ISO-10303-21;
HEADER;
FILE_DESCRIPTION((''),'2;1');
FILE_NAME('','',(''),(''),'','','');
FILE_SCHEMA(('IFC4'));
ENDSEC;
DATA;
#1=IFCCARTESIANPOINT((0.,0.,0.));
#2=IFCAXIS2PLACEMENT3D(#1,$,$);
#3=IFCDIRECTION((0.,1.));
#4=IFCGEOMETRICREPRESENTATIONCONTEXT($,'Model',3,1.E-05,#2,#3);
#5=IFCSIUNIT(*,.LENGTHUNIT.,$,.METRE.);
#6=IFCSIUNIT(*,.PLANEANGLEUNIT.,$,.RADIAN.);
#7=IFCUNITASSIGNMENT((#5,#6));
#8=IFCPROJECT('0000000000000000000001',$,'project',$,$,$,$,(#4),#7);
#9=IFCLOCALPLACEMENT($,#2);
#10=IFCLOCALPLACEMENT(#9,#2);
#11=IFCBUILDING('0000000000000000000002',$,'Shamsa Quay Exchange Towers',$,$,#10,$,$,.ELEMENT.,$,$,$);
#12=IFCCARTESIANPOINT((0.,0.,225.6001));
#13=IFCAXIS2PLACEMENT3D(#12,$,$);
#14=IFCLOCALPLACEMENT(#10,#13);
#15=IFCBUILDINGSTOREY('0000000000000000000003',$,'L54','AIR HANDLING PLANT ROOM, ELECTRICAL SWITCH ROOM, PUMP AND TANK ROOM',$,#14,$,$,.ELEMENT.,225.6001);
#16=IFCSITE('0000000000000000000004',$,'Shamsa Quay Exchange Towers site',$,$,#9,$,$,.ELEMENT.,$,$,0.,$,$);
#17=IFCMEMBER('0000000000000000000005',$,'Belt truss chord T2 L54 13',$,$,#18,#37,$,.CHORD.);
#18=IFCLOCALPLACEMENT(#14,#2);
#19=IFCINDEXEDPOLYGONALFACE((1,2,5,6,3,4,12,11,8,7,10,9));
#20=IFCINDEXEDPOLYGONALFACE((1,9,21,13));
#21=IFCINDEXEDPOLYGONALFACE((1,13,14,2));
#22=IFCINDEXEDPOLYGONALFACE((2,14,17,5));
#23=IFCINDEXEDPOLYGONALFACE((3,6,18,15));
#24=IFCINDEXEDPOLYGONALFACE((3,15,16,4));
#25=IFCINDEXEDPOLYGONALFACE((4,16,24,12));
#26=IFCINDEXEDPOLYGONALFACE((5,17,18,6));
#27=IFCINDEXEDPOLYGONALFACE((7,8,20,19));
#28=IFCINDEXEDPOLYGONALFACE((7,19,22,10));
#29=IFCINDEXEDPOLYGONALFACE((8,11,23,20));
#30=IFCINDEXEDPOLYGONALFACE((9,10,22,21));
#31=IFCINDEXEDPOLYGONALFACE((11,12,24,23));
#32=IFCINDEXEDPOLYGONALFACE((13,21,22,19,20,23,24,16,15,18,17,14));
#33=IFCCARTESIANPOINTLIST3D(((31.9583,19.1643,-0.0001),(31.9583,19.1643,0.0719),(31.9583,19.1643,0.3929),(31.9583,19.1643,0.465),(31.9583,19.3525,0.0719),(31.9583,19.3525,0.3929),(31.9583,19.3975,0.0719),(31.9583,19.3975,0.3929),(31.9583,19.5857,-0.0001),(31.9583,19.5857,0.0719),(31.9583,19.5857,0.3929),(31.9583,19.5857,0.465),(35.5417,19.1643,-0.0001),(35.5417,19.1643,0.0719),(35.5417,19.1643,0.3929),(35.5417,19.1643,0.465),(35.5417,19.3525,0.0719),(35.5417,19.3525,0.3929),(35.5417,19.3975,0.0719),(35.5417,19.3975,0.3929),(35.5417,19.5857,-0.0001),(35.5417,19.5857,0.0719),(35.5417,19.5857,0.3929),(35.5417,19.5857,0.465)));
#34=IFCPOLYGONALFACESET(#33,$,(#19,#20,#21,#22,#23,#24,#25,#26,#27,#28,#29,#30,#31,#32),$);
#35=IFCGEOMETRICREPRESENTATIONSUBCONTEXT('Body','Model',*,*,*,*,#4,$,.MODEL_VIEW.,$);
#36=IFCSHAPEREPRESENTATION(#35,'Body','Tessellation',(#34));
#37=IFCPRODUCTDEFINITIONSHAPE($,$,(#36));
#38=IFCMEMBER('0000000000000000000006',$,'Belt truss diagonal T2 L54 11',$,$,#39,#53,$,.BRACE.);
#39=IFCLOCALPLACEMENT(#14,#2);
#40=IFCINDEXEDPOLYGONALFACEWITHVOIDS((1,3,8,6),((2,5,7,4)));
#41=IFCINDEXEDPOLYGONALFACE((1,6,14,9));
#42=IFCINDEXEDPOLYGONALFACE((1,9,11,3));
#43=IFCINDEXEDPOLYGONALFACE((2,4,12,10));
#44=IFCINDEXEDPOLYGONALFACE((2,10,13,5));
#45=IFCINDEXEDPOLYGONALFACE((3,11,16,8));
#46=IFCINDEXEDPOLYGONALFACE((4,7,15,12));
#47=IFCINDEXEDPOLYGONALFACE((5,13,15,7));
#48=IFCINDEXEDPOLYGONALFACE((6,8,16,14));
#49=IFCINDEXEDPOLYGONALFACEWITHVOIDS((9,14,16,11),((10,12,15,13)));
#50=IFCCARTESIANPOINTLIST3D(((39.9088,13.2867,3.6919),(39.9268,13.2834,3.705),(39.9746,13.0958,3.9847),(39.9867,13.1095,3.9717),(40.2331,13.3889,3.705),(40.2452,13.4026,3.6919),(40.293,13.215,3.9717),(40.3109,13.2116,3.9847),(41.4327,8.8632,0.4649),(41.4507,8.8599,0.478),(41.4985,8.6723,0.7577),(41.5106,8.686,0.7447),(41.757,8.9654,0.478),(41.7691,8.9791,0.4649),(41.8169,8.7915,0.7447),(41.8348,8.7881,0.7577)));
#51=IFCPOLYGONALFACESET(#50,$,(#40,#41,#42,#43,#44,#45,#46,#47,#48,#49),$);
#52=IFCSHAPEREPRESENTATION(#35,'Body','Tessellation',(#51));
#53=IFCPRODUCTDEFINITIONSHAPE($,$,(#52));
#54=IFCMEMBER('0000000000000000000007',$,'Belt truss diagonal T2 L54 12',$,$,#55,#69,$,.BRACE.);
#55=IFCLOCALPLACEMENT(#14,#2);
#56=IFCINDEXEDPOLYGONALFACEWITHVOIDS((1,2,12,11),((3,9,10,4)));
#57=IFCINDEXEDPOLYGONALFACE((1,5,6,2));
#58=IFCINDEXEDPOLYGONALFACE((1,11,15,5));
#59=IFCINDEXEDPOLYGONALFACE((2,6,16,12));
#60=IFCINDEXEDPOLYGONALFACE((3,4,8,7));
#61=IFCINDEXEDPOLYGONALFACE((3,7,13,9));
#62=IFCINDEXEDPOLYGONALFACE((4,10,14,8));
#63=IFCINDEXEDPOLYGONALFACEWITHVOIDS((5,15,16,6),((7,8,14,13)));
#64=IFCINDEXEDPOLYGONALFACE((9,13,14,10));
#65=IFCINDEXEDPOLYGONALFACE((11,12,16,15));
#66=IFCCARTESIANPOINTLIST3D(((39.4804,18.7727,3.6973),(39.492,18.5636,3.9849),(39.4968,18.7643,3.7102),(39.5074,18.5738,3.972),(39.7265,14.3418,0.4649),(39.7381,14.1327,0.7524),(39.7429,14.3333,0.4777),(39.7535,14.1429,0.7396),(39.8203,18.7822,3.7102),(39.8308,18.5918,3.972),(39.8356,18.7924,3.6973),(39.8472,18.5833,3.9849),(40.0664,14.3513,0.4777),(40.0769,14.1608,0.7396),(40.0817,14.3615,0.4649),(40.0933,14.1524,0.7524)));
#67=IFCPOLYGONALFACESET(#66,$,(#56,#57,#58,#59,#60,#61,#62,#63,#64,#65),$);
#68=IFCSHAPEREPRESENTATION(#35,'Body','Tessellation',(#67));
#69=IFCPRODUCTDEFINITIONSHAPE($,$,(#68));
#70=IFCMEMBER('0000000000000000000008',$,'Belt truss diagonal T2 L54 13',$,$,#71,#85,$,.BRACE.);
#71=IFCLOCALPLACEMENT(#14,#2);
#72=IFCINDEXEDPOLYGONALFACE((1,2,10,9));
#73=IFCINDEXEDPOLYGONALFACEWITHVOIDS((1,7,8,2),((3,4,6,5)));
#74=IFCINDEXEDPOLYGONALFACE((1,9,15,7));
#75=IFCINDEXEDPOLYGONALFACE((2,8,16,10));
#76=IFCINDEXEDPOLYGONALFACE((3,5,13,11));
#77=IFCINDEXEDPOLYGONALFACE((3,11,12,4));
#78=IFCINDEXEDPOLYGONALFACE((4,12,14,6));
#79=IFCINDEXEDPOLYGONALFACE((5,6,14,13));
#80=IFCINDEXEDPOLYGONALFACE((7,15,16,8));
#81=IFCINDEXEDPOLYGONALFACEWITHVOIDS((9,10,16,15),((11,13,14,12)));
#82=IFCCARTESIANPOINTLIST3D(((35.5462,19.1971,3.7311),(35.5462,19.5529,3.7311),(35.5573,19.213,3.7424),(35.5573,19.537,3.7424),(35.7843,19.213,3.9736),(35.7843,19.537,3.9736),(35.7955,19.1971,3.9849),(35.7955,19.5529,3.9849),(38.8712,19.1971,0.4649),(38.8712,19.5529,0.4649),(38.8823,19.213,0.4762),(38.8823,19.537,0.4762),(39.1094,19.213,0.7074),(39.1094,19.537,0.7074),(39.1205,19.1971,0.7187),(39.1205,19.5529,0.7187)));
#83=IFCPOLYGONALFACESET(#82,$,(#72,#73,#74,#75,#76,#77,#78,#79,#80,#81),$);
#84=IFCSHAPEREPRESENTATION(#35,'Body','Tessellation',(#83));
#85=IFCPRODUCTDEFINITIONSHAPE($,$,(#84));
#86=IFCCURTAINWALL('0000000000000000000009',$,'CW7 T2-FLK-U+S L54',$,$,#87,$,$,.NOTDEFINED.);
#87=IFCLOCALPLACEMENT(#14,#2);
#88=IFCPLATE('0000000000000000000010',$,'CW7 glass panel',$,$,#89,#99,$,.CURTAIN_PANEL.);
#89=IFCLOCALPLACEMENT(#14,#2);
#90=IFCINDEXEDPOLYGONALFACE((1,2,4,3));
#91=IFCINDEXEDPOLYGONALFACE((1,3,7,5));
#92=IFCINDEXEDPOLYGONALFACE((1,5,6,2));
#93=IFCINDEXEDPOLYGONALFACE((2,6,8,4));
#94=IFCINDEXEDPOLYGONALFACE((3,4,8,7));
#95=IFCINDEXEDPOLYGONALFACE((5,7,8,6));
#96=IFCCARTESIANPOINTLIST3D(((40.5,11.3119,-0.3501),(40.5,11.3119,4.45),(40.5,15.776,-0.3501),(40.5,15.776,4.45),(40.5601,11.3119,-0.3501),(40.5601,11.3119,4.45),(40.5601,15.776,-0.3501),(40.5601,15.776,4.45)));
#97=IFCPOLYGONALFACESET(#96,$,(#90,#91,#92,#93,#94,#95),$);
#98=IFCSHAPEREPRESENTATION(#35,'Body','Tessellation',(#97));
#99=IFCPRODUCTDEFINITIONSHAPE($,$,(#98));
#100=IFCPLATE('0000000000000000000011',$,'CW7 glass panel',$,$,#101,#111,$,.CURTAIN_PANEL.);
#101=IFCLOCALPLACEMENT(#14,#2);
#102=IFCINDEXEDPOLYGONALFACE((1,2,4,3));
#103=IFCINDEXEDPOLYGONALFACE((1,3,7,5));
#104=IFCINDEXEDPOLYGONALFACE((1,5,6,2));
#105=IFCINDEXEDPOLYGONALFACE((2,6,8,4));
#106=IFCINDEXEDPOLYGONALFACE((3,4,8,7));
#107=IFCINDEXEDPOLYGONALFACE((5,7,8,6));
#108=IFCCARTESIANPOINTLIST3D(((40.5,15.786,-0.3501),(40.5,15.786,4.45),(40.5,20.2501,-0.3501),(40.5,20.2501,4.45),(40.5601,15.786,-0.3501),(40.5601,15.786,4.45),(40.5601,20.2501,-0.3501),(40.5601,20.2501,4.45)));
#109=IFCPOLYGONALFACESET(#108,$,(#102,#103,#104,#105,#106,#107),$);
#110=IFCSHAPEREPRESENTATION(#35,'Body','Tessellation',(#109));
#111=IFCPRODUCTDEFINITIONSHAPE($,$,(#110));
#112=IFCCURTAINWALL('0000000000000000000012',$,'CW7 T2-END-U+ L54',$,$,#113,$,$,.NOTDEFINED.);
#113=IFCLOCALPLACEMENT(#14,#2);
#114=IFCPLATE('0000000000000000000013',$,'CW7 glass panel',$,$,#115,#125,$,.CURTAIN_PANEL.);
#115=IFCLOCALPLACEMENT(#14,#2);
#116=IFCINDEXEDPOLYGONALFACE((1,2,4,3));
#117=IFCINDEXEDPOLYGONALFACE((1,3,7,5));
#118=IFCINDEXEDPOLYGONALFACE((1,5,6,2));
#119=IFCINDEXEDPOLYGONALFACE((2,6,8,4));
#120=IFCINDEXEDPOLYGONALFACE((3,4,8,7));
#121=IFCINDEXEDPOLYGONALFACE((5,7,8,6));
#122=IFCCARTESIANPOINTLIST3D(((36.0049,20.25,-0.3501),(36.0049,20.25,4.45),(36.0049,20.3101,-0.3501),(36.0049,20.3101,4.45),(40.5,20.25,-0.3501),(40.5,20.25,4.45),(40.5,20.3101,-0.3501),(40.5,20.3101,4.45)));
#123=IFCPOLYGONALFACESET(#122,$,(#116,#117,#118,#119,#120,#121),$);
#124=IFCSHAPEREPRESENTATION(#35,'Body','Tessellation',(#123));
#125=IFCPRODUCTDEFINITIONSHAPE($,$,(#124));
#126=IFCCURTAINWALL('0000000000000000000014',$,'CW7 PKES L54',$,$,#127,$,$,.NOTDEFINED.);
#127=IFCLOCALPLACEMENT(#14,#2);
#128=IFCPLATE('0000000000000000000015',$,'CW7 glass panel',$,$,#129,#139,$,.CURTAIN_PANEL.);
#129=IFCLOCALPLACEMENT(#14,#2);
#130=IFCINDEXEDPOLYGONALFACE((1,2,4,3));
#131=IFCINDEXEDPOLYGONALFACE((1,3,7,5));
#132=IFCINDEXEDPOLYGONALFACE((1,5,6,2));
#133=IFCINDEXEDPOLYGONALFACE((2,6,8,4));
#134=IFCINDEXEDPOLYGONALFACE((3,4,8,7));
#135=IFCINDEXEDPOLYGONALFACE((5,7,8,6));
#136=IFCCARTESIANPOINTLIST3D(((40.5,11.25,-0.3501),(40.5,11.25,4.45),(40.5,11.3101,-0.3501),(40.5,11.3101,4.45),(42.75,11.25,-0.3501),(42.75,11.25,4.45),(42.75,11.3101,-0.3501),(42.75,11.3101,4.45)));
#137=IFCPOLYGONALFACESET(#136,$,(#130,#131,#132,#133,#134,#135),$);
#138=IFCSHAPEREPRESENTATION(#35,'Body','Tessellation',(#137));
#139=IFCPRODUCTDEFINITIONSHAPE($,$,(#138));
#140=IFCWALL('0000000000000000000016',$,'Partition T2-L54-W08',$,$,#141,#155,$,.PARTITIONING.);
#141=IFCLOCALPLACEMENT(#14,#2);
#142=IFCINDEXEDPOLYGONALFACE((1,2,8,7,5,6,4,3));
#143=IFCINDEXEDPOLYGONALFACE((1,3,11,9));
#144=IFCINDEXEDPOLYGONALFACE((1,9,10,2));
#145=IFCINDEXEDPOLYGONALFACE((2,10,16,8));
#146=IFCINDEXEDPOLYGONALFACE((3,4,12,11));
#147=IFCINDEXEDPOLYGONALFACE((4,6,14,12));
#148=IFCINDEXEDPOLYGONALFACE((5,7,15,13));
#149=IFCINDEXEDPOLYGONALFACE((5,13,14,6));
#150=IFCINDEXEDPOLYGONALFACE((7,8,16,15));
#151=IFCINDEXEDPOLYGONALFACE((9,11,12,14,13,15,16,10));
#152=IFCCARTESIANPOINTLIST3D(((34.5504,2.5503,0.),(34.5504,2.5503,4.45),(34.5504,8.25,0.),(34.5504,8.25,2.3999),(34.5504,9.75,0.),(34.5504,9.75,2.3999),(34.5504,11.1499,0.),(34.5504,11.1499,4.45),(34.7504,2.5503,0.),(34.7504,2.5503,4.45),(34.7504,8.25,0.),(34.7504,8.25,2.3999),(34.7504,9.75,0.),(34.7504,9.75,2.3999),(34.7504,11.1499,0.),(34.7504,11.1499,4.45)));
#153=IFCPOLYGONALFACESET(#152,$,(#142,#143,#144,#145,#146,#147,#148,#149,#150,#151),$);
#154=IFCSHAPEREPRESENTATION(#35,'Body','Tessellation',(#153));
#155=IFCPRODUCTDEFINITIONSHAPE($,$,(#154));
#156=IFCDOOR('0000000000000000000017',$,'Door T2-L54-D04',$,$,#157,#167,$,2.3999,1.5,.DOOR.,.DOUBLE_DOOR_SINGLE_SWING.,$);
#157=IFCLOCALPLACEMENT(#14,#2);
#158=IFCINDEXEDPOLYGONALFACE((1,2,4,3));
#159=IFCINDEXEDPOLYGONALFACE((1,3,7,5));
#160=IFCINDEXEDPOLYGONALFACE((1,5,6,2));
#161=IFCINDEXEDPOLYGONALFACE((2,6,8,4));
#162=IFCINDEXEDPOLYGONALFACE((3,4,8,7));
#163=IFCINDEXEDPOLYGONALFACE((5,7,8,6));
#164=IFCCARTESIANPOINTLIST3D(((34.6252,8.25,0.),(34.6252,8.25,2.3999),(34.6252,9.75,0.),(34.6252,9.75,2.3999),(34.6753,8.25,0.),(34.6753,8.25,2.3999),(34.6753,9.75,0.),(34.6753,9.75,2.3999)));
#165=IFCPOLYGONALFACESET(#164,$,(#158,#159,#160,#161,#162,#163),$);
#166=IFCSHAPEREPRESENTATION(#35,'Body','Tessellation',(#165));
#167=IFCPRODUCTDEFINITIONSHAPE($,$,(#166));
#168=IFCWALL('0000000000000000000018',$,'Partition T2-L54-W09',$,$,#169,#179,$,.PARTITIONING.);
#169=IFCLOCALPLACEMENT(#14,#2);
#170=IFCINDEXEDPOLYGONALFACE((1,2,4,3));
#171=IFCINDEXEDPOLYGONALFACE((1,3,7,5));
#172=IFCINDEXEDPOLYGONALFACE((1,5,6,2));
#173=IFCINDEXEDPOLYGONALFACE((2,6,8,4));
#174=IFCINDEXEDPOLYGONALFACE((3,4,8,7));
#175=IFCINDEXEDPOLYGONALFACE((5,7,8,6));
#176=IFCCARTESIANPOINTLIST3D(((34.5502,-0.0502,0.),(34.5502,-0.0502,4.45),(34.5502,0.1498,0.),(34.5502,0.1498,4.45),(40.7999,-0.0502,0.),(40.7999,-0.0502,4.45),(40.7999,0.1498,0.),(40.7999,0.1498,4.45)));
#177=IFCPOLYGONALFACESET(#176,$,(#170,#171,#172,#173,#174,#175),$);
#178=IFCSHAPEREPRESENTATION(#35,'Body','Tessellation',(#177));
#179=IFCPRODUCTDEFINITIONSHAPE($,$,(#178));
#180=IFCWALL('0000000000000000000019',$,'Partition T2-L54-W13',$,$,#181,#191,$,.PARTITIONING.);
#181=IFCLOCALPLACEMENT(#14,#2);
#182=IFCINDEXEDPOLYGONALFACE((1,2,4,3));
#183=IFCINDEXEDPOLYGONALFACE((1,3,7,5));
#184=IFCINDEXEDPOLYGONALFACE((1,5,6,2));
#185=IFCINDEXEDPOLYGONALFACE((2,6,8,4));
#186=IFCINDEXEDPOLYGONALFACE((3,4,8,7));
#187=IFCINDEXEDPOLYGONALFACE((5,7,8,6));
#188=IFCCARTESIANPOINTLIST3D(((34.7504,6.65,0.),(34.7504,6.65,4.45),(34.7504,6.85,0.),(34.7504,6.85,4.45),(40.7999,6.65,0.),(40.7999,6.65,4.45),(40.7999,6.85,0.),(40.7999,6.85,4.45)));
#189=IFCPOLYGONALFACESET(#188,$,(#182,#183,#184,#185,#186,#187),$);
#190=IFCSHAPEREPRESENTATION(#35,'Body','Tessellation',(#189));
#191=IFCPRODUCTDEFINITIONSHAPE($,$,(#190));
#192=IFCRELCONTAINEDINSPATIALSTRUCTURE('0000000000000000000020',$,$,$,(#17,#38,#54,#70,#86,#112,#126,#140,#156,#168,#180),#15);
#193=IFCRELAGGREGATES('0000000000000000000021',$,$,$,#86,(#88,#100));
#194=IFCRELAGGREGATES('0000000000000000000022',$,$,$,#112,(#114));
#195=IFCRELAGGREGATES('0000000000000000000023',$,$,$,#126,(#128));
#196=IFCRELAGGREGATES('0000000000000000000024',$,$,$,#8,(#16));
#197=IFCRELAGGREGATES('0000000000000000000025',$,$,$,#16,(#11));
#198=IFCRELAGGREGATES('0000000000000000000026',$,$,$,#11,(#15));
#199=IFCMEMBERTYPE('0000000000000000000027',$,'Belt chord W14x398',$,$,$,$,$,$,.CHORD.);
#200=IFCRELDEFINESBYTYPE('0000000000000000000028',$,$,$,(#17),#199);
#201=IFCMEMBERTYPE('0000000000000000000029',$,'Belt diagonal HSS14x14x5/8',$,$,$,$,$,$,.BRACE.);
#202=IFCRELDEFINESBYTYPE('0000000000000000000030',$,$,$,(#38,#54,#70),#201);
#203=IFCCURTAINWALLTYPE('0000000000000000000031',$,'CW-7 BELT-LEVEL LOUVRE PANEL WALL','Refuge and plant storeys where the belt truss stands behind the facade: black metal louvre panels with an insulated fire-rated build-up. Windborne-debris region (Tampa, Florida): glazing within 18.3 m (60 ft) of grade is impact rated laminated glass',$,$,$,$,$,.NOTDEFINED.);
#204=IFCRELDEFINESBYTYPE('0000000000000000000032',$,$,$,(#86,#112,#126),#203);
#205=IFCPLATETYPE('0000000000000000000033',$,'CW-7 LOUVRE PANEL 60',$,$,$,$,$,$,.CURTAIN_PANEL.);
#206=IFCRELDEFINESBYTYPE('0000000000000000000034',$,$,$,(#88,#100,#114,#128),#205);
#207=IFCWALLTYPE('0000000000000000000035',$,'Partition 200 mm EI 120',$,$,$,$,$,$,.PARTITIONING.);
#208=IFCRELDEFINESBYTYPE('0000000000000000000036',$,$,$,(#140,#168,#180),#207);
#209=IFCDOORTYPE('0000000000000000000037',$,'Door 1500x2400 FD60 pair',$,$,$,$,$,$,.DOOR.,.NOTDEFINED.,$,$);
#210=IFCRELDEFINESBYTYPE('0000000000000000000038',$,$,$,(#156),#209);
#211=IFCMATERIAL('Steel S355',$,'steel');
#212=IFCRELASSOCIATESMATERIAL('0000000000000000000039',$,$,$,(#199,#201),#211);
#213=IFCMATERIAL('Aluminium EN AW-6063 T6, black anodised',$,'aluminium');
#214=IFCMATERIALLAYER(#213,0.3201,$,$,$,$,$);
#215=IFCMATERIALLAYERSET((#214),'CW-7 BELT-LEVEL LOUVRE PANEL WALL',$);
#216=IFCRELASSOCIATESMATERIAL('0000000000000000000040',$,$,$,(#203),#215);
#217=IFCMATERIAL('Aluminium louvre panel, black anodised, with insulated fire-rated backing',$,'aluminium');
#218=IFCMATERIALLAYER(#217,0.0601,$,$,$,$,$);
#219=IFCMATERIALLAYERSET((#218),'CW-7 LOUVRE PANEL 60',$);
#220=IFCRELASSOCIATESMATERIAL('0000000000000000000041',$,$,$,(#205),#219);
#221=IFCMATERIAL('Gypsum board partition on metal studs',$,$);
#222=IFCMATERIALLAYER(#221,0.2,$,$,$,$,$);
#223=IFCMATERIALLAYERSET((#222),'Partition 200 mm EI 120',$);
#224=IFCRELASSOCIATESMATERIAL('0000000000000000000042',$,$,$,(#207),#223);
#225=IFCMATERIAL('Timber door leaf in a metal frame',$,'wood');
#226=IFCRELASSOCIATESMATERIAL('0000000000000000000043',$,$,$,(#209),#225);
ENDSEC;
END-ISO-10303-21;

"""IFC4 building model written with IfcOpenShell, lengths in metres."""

from ifc_helpers import new_model, si_unit, direction, frame, frame_2d, origin, origin_2d, place, context, subcontext, project, spatial, rectangle, hollow_rectangle, i_section, extrude, material, layer, layer_set, material_profile, profile_set, type_object, element, fill, aggregate, save


model = new_model("IFC4")

# Units and contexts
model_context = context("Model", 3, precision=1e-05, world=origin(), true_north=direction((0.0, 1.0)))
body_context = subcontext(model_context, "Body", "Model", "MODEL_VIEW")
ifc_project = project(units=[si_unit("LENGTHUNIT", "METRE"), si_unit("PLANEANGLEUNIT", "RADIAN")], contexts=[model_context])

# Site, building, storey
site_placement = place(None, origin())
site = spatial("IfcSite", under=ifc_project, at=site_placement, Name="Shamsa Quay Exchange Towers site", CompositionType="ELEMENT", RefElevation=0.0)
building_placement = place(site_placement, origin())
building = spatial("IfcBuilding", under=site, at=building_placement, Name="Shamsa Quay Exchange Towers", CompositionType="ELEMENT")
storey_placement = place(building_placement, frame((0.0, 0.0, 225.6001)))
storey = spatial("IfcBuildingStorey", under=building, at=storey_placement, Name="L54", Description="AIR HANDLING PLANT ROOM, ELECTRICAL SWITCH ROOM, PUMP AND TANK ROOM", CompositionType="ELEMENT", Elevation=225.6001)

# Members
ifc_material_1 = material(Name="Steel S355", Category="steel")
ifc_material_profile_1 = material_profile(ifc_material_1, i_section(OverallWidth=0.4214, OverallDepth=0.4651, WebThickness=0.0449, FlangeThickness=0.072, at=origin_2d()), Name="W14x398")
ifc_profile_set_1 = profile_set([ifc_material_profile_1], Name="Steel S355")
member_type_1 = type_object("IfcMemberType", Name="Belt chord W14x398", PredefinedType="CHORD", material=ifc_profile_set_1)
for number, where, z_axis, x_axis, name in (
    (1, (35.5417, 19.375, 0.2324), (-1.0, 0.0, 0.0), (0.0, -1.0, 0.0), "Belt truss chord T2 L54 13"),
):
    element("IfcMember", number, at=place(storey_placement, frame(where, z_axis=z_axis, x_axis=x_axis)), inside=storey, type_object=member_type_1, Name=name, PredefinedType="CHORD", context=body_context, shape_type="SweptSolid", body=[
        extrude(i_section(OverallWidth=0.4214, OverallDepth=0.4651, WebThickness=0.0449, FlangeThickness=0.072, at=origin_2d()), origin(), (0.0, 0.0, 1.0), 3.5835),
    ])
ifc_material_profile_2 = material_profile(ifc_material_1, hollow_rectangle(XDim=0.3557, YDim=0.3557, WallThickness=0.0159, at=origin_2d()), Name="HSS14x14x5/8")
ifc_profile_set_2 = profile_set([ifc_material_profile_2], Name="Steel S355")
member_type_2 = type_object("IfcMemberType", Name="Belt diagonal HSS14x14x5/8", PredefinedType="BRACE", material=ifc_profile_set_2)
member_1_placement = place(storey_placement, frame((41.6338, 8.8257, 0.6113), z_axis=(-0.268123, 0.778295, 0.567774), x_axis=(-0.945468, -0.325714, 0.0)))
element("IfcMember", 2, at=member_1_placement, inside=storey, type_object=member_type_2, Name="Belt truss diagonal T2 L54 11", PredefinedType="BRACE", context=body_context, shape_type="SweptSolid", body=[
    extrude(hollow_rectangle(XDim=0.3557, YDim=0.3557, WallThickness=0.0159, at=origin_2d()), origin(), (0.0, 0.0, 1.0), 5.6836),
])
member_2_placement = place(storey_placement, frame((39.9099, 14.2471, 0.6086), z_axis=(-0.044824, 0.807061, 0.588764), x_axis=(-0.998461, -0.055455, 0.0)))
element("IfcMember", 3, at=member_2_placement, inside=storey, type_object=member_type_2, Name="Belt truss diagonal T2 L54 12", PredefinedType="BRACE", context=body_context, shape_type="SweptSolid", body=[
    extrude(hollow_rectangle(XDim=0.3557, YDim=0.3557, WallThickness=0.0159, at=origin_2d()), origin(), (0.0, 0.0, 1.0), 5.4902),
])
member_3_placement = place(storey_placement, frame((38.9958, 19.375, 0.5918), z_axis=(-0.713391, 0.0, 0.700767), x_axis=(0.0, -1.0, 0.0)))
element("IfcMember", 4, at=member_3_placement, inside=storey, type_object=member_type_2, Name="Belt truss diagonal T2 L54 13", PredefinedType="BRACE", context=body_context, shape_type="SweptSolid", body=[
    extrude(hollow_rectangle(XDim=0.3557, YDim=0.3557, WallThickness=0.0159, at=origin_2d()), origin(), (0.0, 0.0, 1.0), 4.6609),
])

# Curtain wall, plates
ifc_material_2 = material(Name="Aluminium EN AW-6063 T6, black anodised", Category="aluminium")
ifc_layer_1 = layer(ifc_material_2, 0.3201)
ifc_layer_set_1 = layer_set([ifc_layer_1], Name="CW-7 BELT-LEVEL LOUVRE PANEL WALL")
curtain_wall_type = type_object("IfcCurtainWallType", Name="CW-7 BELT-LEVEL LOUVRE PANEL WALL", Description="Refuge and plant storeys where the belt truss stands behind the facade: black metal louvre panels with an insulated fire-rated build-up. Windborne-debris region (Tampa, Florida): glazing within 18.3 m (60 ft) of grade is impact rated laminated glass", PredefinedType="NOTDEFINED", material=ifc_layer_set_1)
curtain_wall_1_placement = place(storey_placement, origin())
curtain_wall_1 = element("IfcCurtainWall", 5, at=curtain_wall_1_placement, inside=storey, type_object=curtain_wall_type, Name="CW7 T2-FLK-U+S L54", PredefinedType="NOTDEFINED")
ifc_material_3 = material(Name="Aluminium louvre panel, black anodised, with insulated fire-rated backing", Category="aluminium")
ifc_layer_2 = layer(ifc_material_3, 0.0601)
ifc_layer_set_2 = layer_set([ifc_layer_2], Name="CW-7 LOUVRE PANEL 60")
plate_type = type_object("IfcPlateType", Name="CW-7 LOUVRE PANEL 60", PredefinedType="CURTAIN_PANEL", material=ifc_layer_set_2)
plate_1_placement = place(storey_placement, frame((40.53, 13.5439, -0.3501), z_axis=(0.0, 0.0, 1.0), x_axis=(0.0, 1.0, 0.0)))
plate_1 = element("IfcPlate", 6, at=plate_1_placement, type_object=plate_type, Name="CW7 glass panel", PredefinedType="CURTAIN_PANEL", context=body_context, shape_type="SweptSolid", body=[
    extrude(rectangle(XDim=4.4641, YDim=0.0601, at=origin_2d()), origin(), (0.0, 0.0, 1.0), 4.8),
])
plate_2_placement = place(storey_placement, frame((40.53, 18.0181, -0.3501), z_axis=(0.0, 0.0, 1.0), x_axis=(0.0, 1.0, 0.0)))
plate_2 = element("IfcPlate", 7, at=plate_2_placement, type_object=plate_type, Name="CW7 glass panel", PredefinedType="CURTAIN_PANEL", context=body_context, shape_type="SweptSolid", body=[
    extrude(rectangle(XDim=4.4641, YDim=0.0601, at=origin_2d()), origin(), (0.0, 0.0, 1.0), 4.8),
])
aggregate(curtain_wall_1, [plate_1, plate_2])

# Curtain walls, plates
curtain_wall_2_placement = place(storey_placement, origin())
curtain_wall_2 = element("IfcCurtainWall", 8, at=curtain_wall_2_placement, inside=storey, type_object=curtain_wall_type, Name="CW7 T2-END-U+ L54", PredefinedType="NOTDEFINED")
plate_3_placement = place(storey_placement, frame((38.2524, 20.28, -0.3501), z_axis=(0.0, 0.0, 1.0), x_axis=(-1.0, 0.0, 0.0)))
plate_3 = element("IfcPlate", 9, at=plate_3_placement, type_object=plate_type, Name="CW7 glass panel", PredefinedType="CURTAIN_PANEL", context=body_context, shape_type="SweptSolid", body=[
    extrude(rectangle(XDim=4.4951, YDim=0.0601, at=origin_2d()), origin(), (0.0, 0.0, 1.0), 4.8),
])
aggregate(curtain_wall_2, [plate_3])
curtain_wall_3_placement = place(storey_placement, origin())
curtain_wall_3 = element("IfcCurtainWall", 10, at=curtain_wall_3_placement, inside=storey, type_object=curtain_wall_type, Name="CW7 PKES L54", PredefinedType="NOTDEFINED")
plate_4_placement = place(storey_placement, frame((41.625, 11.28, -0.3501), z_axis=(0.0, 0.0, 1.0), x_axis=(-1.0, 0.0, 0.0)))
plate_4 = element("IfcPlate", 11, at=plate_4_placement, type_object=plate_type, Name="CW7 glass panel", PredefinedType="CURTAIN_PANEL", context=body_context, shape_type="SweptSolid", body=[
    extrude(rectangle(XDim=2.25, YDim=0.0601, at=origin_2d()), origin(), (0.0, 0.0, 1.0), 4.8),
])
aggregate(curtain_wall_3, [plate_4])

# Wall, opening, door
ifc_material_4 = material(Name="Gypsum board partition on metal studs")
ifc_layer_3 = layer(ifc_material_4, 0.2)
ifc_layer_set_3 = layer_set([ifc_layer_3], Name="Partition 200 mm EI 120")
wall_type_1 = type_object("IfcWallType", Name="Partition 200 mm EI 120", PredefinedType="PARTITIONING", material=ifc_layer_set_3)
ifc_material_5 = material(Name="Timber door leaf in a metal frame", Category="wood")
door_type_1 = type_object("IfcDoorType", Name="Door 1500x2400 FD60 pair", OperationType="NOTDEFINED", PredefinedType="DOOR", material=ifc_material_5)
wall_1_placement = place(storey_placement, frame((34.6504, 11.1499, 0.0), z_axis=(0.0, 0.0, 1.0), x_axis=(0.0, -1.0, 0.0)))
wall_1 = element("IfcWall", 12, at=wall_1_placement, inside=storey, type_object=wall_type_1, Name="Partition T2-L54-W08", PredefinedType="PARTITIONING", context=body_context, shape_type="SweptSolid", body=[
    extrude(rectangle(XDim=8.5996, YDim=0.2, at=frame_2d((4.2998, 0.0))), origin(), (0.0, 0.0, 1.0), 4.45),
])
opening_1_placement = place(wall_1_placement, frame((1.3999, 0.0, 0.0)))
opening_1 = element("IfcOpeningElement", 13, at=opening_1_placement, cuts=wall_1, PredefinedType="OPENING", context=body_context, shape_type="SweptSolid", body=[
    extrude(rectangle(XDim=1.5, YDim=2.3999, at=frame_2d((0.75, 1.2))), frame((0.0, 0.1099, 0.0), z_axis=(0.0, -1.0, 0.0), x_axis=(1.0, 0.0, 0.0)), (0.0, 0.0, 1.0), 0.22),
])
door_1_placement = place(opening_1_placement, origin())
door_1 = element("IfcDoor", 14, at=door_1_placement, inside=storey, type_object=door_type_1, Name="Door T2-L54-D04", OperationType="DOUBLE_DOOR_SINGLE_SWING", OverallHeight=2.3999, OverallWidth=1.5, PredefinedType="DOOR", context=body_context, shape_type="SweptSolid", body=[
    extrude(rectangle(XDim=1.5, YDim=2.3999, at=frame_2d((0.75, 1.2))), frame((0.0, 0.0249, 0.0), z_axis=(0.0, -1.0, 0.0), x_axis=(1.0, 0.0, 0.0)), (0.0, 0.0, 1.0), 0.05),
])
fill(opening_1, door_1)

# Walls
wall_2_placement = place(storey_placement, frame((40.8, 0.0498, 0.0), z_axis=(0.0, 0.0, 1.0), x_axis=(-1.0, 0.0, 0.0)))
element("IfcWall", 15, at=wall_2_placement, inside=storey, type_object=wall_type_1, Name="Partition T2-L54-W09", PredefinedType="PARTITIONING", context=body_context, shape_type="SweptSolid", body=[
    extrude(rectangle(XDim=6.2498, YDim=0.2, at=frame_2d((3.125, 0.0))), origin(), (0.0, 0.0, 1.0), 4.45),
])
wall_3_placement = place(storey_placement, frame((40.8, 6.75, 0.0), z_axis=(0.0, 0.0, 1.0), x_axis=(-1.0, 0.0, 0.0)))
element("IfcWall", 16, at=wall_3_placement, inside=storey, type_object=wall_type_1, Name="Partition T2-L54-W13", PredefinedType="PARTITIONING", context=body_context, shape_type="SweptSolid", body=[
    extrude(rectangle(XDim=6.0496, YDim=0.2, at=frame_2d((3.0249, 0.0))), origin(), (0.0, 0.0, 1.0), 4.45),
])

save(model, "model.ifc")
